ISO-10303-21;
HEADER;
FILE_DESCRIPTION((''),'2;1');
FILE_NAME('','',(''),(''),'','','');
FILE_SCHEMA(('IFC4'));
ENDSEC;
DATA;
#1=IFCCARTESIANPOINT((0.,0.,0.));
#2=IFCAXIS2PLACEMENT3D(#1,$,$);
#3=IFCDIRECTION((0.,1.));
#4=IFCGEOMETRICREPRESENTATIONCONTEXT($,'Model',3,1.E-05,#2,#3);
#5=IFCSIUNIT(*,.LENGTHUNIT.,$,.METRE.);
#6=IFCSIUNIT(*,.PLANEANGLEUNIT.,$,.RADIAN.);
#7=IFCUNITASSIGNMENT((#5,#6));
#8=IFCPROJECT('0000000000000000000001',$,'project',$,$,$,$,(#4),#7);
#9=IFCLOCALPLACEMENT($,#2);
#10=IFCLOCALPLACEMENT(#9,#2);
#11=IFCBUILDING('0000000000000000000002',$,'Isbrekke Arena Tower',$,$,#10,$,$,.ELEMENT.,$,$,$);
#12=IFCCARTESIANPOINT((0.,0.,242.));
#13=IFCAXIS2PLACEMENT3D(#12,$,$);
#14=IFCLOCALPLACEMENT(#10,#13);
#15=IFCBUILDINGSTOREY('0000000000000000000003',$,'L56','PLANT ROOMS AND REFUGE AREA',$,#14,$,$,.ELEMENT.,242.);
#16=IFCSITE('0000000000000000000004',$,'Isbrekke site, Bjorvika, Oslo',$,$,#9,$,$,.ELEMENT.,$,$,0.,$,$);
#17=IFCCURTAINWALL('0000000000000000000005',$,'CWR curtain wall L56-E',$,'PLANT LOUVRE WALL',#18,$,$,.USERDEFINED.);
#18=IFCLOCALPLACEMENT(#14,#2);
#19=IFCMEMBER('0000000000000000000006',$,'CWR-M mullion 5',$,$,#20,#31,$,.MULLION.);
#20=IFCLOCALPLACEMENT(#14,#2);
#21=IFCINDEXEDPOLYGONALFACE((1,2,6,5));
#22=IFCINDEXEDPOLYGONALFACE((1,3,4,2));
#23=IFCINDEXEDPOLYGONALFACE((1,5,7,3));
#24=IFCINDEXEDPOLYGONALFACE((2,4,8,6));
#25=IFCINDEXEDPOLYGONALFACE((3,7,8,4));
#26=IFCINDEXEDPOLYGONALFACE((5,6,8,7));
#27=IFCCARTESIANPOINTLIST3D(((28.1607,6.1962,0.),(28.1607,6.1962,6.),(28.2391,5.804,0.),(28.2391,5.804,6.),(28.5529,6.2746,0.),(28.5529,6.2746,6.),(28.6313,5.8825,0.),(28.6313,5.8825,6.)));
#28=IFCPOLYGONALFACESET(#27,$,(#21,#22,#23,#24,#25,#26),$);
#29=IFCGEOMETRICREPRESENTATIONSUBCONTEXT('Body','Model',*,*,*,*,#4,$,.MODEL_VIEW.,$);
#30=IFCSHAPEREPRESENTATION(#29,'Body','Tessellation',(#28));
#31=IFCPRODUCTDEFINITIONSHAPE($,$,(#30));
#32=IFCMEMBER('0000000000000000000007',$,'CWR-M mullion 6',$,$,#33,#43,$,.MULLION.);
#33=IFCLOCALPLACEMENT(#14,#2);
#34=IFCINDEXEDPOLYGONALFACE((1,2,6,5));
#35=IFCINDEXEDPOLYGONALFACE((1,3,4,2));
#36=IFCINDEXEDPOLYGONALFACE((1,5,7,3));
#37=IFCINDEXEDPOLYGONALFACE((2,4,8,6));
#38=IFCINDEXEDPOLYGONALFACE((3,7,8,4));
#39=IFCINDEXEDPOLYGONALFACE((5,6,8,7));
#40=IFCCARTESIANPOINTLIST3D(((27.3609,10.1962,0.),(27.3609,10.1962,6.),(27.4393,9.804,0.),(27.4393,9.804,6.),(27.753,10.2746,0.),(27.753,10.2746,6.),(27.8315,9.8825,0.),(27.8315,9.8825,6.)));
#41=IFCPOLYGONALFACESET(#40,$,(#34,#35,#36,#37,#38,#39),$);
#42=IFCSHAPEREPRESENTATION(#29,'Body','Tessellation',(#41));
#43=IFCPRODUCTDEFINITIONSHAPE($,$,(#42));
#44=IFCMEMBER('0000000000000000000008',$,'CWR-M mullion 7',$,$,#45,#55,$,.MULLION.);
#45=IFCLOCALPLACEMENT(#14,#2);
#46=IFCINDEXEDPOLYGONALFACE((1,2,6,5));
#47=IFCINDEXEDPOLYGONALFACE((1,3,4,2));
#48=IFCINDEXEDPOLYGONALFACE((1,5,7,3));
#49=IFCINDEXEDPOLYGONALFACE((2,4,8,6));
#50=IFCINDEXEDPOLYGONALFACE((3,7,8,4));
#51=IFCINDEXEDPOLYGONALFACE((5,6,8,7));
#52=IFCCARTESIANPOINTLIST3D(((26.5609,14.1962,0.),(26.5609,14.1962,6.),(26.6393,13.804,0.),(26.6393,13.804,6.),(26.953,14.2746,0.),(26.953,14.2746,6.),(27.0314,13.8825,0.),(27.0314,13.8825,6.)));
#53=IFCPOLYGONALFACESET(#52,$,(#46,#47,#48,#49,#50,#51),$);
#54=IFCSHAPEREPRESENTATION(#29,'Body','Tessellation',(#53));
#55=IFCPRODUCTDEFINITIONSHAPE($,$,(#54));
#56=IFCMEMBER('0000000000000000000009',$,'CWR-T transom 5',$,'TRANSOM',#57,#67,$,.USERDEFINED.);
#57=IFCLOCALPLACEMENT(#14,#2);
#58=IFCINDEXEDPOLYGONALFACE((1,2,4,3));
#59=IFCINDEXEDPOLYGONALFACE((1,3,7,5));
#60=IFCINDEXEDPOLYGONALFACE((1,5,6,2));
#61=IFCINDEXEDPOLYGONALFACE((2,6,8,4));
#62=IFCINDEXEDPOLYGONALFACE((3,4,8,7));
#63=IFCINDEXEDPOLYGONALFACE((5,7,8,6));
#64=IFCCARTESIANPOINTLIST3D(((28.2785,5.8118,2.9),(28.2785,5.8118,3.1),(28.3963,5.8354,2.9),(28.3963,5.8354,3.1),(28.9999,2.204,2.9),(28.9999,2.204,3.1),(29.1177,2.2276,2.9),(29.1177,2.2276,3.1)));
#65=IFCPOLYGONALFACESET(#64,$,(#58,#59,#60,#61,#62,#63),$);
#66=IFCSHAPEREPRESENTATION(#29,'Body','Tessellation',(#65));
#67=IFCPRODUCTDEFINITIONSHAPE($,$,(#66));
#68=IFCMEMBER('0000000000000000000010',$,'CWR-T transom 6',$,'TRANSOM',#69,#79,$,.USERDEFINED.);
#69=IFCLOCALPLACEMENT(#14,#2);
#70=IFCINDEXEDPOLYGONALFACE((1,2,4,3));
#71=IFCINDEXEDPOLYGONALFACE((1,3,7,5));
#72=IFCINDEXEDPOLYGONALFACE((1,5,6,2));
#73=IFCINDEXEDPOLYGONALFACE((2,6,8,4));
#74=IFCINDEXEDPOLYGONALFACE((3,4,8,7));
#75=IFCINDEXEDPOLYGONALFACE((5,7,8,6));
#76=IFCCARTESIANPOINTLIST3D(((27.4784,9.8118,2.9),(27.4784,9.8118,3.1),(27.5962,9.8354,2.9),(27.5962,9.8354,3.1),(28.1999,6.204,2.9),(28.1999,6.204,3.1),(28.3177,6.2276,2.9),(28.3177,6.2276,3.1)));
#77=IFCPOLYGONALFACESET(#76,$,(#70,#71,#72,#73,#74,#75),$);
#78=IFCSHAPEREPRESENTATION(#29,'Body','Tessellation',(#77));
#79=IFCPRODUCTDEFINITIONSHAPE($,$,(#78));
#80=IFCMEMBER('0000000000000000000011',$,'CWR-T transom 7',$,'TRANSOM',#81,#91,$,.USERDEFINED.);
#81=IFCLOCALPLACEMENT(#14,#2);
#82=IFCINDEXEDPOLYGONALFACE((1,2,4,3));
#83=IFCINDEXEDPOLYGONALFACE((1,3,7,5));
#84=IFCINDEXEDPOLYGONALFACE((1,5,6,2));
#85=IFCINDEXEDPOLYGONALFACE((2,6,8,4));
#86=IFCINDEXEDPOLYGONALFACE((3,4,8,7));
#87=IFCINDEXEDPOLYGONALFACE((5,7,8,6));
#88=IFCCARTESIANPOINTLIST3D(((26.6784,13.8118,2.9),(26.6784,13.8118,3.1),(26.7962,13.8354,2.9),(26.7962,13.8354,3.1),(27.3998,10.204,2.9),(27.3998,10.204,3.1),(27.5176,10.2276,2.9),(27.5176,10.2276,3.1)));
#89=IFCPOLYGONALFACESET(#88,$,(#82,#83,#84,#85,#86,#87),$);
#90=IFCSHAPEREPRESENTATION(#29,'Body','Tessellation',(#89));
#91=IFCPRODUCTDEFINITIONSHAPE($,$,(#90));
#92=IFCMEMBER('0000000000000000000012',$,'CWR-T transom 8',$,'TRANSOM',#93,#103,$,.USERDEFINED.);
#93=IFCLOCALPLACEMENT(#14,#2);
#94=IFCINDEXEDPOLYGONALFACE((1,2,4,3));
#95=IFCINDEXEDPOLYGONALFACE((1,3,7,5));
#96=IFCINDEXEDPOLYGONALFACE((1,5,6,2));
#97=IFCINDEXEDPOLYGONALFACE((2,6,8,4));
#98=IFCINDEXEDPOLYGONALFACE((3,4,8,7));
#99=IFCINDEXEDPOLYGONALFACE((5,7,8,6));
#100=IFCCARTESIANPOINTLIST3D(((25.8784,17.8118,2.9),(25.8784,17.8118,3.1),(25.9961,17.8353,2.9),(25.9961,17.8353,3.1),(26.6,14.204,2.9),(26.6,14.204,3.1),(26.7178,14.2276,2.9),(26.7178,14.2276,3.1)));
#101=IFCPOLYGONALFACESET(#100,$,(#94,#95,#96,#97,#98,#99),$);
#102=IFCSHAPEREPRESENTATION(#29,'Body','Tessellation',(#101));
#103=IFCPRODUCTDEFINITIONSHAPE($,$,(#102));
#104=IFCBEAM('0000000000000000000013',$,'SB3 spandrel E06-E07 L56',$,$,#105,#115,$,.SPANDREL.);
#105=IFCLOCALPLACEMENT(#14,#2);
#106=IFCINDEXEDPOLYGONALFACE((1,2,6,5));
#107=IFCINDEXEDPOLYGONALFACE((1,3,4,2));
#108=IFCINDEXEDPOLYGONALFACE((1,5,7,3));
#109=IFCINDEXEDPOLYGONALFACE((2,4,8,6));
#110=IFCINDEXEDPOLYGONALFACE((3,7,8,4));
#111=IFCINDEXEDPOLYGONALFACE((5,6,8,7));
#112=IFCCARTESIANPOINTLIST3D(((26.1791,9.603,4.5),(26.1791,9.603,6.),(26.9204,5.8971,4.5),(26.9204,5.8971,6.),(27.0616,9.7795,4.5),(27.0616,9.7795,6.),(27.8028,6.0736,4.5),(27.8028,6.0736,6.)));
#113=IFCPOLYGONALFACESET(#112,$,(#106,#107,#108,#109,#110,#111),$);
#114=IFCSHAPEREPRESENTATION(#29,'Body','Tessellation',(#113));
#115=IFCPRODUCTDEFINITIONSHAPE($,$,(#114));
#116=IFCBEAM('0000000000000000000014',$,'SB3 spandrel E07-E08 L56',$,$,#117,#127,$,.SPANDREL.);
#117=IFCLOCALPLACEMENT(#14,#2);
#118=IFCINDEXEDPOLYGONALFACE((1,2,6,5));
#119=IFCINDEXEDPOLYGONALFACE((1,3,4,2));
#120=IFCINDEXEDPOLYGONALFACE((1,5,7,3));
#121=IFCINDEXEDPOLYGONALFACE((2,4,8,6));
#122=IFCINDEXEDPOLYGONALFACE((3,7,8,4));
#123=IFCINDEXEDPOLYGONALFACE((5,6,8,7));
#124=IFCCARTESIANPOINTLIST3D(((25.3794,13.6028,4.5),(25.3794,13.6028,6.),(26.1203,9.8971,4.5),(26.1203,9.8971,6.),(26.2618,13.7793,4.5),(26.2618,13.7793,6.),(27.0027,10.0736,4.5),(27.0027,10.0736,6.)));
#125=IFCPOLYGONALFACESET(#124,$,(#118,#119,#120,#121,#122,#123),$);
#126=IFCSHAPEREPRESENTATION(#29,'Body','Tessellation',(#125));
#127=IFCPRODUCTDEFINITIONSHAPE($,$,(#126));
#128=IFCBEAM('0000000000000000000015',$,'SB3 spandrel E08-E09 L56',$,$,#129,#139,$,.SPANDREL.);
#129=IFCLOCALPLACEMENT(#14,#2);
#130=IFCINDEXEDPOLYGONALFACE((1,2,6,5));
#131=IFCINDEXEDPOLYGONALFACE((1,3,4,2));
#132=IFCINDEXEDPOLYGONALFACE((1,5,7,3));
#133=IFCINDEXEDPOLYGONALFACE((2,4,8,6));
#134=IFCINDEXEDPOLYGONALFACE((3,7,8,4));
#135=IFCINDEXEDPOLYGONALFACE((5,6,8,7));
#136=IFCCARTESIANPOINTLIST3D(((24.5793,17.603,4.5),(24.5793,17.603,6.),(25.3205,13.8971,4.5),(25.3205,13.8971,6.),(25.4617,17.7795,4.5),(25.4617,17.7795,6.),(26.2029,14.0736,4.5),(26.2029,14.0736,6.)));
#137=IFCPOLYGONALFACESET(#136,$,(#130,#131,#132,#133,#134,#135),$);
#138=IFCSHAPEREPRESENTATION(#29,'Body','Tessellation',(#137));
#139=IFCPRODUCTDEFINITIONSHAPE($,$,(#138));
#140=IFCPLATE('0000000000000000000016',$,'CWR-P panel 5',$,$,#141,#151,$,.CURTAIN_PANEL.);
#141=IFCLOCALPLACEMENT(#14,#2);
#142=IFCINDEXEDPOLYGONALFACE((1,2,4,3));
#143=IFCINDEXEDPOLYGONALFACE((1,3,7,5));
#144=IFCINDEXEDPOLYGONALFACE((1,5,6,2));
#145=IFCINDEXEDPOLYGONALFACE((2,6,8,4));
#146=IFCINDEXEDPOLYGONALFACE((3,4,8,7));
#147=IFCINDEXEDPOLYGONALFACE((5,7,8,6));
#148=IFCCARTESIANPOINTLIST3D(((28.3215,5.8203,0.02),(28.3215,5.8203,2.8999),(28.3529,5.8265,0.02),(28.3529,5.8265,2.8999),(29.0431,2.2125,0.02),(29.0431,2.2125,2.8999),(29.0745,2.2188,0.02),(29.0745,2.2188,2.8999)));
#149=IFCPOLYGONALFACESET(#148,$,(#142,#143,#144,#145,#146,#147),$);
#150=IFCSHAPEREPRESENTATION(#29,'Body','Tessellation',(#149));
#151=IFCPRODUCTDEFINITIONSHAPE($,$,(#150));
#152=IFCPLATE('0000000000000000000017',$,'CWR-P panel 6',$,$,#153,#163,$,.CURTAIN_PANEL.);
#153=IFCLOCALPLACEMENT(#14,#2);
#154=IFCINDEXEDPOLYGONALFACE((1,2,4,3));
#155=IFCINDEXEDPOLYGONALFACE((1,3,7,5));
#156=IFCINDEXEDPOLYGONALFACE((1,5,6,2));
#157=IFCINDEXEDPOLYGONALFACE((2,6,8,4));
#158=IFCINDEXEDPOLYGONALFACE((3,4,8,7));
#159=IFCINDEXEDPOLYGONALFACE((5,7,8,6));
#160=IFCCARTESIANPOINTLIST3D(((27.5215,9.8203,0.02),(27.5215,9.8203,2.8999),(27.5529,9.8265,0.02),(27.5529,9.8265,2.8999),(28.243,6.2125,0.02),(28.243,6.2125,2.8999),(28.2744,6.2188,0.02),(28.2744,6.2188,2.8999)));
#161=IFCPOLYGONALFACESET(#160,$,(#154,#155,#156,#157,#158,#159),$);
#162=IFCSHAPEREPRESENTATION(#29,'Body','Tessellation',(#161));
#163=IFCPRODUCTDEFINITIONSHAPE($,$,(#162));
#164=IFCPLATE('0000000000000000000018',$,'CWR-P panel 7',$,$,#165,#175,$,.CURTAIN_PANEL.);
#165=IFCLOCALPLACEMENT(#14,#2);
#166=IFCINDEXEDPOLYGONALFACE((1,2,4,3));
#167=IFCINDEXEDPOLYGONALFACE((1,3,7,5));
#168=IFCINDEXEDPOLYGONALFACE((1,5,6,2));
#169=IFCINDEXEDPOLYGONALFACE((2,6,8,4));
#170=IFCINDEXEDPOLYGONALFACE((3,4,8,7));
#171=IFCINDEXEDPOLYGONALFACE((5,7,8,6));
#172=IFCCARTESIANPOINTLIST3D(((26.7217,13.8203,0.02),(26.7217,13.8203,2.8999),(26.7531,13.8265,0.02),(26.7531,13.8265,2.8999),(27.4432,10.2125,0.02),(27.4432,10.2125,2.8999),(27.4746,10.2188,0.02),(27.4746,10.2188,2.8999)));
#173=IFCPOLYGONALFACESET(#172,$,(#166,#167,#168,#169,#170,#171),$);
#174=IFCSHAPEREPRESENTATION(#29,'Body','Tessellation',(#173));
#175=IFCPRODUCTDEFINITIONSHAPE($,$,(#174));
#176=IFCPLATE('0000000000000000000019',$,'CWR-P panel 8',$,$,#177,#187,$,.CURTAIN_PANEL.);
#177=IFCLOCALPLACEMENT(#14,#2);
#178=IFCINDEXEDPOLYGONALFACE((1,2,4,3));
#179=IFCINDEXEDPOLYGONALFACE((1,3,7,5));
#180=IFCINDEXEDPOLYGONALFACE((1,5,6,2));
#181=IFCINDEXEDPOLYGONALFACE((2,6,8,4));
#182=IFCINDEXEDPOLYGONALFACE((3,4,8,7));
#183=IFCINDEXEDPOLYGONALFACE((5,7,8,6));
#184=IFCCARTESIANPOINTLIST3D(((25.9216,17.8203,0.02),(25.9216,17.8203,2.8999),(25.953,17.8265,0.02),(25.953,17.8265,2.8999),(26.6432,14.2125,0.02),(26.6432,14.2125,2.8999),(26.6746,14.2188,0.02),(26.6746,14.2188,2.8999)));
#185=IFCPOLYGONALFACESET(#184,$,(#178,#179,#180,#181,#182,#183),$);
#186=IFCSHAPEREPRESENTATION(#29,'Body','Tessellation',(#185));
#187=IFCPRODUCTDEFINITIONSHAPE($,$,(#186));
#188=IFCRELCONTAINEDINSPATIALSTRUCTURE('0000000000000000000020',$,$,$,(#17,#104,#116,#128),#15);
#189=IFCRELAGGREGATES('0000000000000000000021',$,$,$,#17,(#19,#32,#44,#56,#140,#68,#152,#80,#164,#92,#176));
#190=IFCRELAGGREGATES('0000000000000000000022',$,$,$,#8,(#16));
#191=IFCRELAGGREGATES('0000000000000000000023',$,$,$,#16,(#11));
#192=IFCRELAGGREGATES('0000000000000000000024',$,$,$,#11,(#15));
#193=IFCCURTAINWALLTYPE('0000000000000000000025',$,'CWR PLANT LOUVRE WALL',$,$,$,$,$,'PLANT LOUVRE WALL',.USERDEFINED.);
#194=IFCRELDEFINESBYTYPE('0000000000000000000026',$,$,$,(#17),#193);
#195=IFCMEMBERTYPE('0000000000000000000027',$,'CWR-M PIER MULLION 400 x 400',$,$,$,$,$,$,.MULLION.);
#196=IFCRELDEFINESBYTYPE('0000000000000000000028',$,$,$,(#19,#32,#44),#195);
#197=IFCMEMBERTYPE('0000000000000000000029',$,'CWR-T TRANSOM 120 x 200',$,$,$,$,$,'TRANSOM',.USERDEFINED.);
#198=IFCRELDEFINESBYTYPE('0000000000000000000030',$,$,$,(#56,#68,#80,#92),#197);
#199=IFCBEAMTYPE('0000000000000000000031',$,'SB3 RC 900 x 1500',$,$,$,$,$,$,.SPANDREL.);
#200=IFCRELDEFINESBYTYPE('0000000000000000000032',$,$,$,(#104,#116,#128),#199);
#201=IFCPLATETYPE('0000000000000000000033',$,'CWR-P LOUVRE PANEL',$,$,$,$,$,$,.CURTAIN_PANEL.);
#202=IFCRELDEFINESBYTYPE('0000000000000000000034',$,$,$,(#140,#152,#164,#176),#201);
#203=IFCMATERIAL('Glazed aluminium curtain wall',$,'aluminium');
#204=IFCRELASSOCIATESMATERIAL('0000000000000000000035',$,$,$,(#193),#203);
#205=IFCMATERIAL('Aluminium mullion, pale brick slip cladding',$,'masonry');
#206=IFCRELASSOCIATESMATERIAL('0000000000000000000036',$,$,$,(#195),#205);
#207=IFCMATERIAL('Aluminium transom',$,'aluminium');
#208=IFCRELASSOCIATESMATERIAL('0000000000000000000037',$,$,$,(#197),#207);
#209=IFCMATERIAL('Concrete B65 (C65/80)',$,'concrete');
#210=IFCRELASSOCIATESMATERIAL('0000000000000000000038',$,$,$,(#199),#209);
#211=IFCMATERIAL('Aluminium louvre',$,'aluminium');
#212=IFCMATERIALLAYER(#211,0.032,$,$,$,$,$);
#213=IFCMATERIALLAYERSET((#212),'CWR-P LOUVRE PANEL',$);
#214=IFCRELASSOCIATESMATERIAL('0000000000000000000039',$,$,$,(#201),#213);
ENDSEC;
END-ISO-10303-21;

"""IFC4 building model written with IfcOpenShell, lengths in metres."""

from ifc_helpers import new_model, si_unit, direction, frame, origin, origin_2d, place, context, subcontext, project, spatial, rectangle, extrude, material, layer, layer_set, material_profile, profile_set, type_object, element, aggregate, save


model = new_model("IFC4")

# Units and contexts
model_context = context("Model", 3, precision=1e-05, world=origin(), true_north=direction((0.0, 1.0)))
body_context = subcontext(model_context, "Body", "Model", "MODEL_VIEW")
ifc_project = project(units=[si_unit("LENGTHUNIT", "METRE"), si_unit("PLANEANGLEUNIT", "RADIAN")], contexts=[model_context])

# Site, building, storey
site_placement = place(None, origin())
site = spatial("IfcSite", under=ifc_project, at=site_placement, Name="Isbrekke site, Bjorvika, Oslo", CompositionType="ELEMENT", RefElevation=0.0)
building_placement = place(site_placement, origin())
building = spatial("IfcBuilding", under=site, at=building_placement, Name="Isbrekke Arena Tower", CompositionType="ELEMENT")
storey_placement = place(building_placement, frame((0.0, 0.0, 242.0)))
storey = spatial("IfcBuildingStorey", under=building, at=storey_placement, Name="L56", Description="PLANT ROOMS AND REFUGE AREA", CompositionType="ELEMENT", Elevation=242.0)

# Curtain wall, members
ifc_material_1 = material(Name="Glazed aluminium curtain wall", Category="aluminium")
curtain_wall_type = type_object("IfcCurtainWallType", Name="CWR PLANT LOUVRE WALL", ElementType="PLANT LOUVRE WALL", PredefinedType="USERDEFINED", material=ifc_material_1)
curtain_wall_placement = place(storey_placement, origin())
curtain_wall = element("IfcCurtainWall", 1, at=curtain_wall_placement, inside=storey, type_object=curtain_wall_type, Name="CWR curtain wall L56-E", ObjectType="PLANT LOUVRE WALL", PredefinedType="USERDEFINED")
ifc_material_2 = material(Name="Aluminium mullion, pale brick slip cladding", Category="masonry")
ifc_material_profile_1 = material_profile(ifc_material_2, rectangle(XDim=0.3999, YDim=0.3999, at=origin_2d()), Name="PIER 400X400")
ifc_profile_set_1 = profile_set([ifc_material_profile_1], Name="Aluminium mullion, pale brick slip cladding")
member_type_1 = type_object("IfcMemberType", Name="CWR-M PIER MULLION 400 x 400", PredefinedType="MULLION", material=ifc_profile_set_1)
member_1_placement = place(storey_placement, frame((28.396, 6.0393, 0.0), z_axis=(0.0, 0.0, 1.0), x_axis=(-0.196116, 0.980581, 0.0)))
member_1 = element("IfcMember", 2, at=member_1_placement, type_object=member_type_1, Name="CWR-M mullion 5", PredefinedType="MULLION", context=body_context, shape_type="SweptSolid", body=[
    extrude(rectangle(XDim=0.3999, YDim=0.3999, at=origin_2d()), origin(), (0.0, 0.0, 1.0), 6.0),
])
member_2_placement = place(storey_placement, frame((27.5962, 10.0393, 0.0), z_axis=(0.0, 0.0, 1.0), x_axis=(-0.196116, 0.980581, 0.0)))
member_2 = element("IfcMember", 3, at=member_2_placement, type_object=member_type_1, Name="CWR-M mullion 6", PredefinedType="MULLION", context=body_context, shape_type="SweptSolid", body=[
    extrude(rectangle(XDim=0.3999, YDim=0.3999, at=origin_2d()), origin(), (0.0, 0.0, 1.0), 6.0),
])
member_3_placement = place(storey_placement, frame((26.7961, 14.0393, 0.0), z_axis=(0.0, 0.0, 1.0), x_axis=(-0.196116, 0.980581, 0.0)))
member_3 = element("IfcMember", 4, at=member_3_placement, type_object=member_type_1, Name="CWR-M mullion 7", PredefinedType="MULLION", context=body_context, shape_type="SweptSolid", body=[
    extrude(rectangle(XDim=0.3999, YDim=0.3999, at=origin_2d()), origin(), (0.0, 0.0, 1.0), 6.0),
])
ifc_material_3 = material(Name="Aluminium transom", Category="aluminium")
ifc_material_profile_2 = material_profile(ifc_material_3, rectangle(XDim=0.1201, YDim=0.2, at=origin_2d()), Name="TRANSOM 120X200")
ifc_profile_set_2 = profile_set([ifc_material_profile_2], Name="Aluminium transom")
member_type_2 = type_object("IfcMemberType", Name="CWR-T TRANSOM 120 x 200", ElementType="TRANSOM", PredefinedType="USERDEFINED", material=ifc_profile_set_2)
member_4_placement = place(storey_placement, frame((29.0588, 2.2158, 3.0), z_axis=(-0.196091, 0.980586, 0.0), x_axis=(-0.980586, -0.196091, 0.0)))
member_4 = element("IfcMember", 5, at=member_4_placement, type_object=member_type_2, Name="CWR-T transom 5", ObjectType="TRANSOM", PredefinedType="USERDEFINED", context=body_context, shape_type="SweptSolid", body=[
    extrude(rectangle(XDim=0.1201, YDim=0.2, at=origin_2d()), origin(), (0.0, 0.0, 1.0), 3.6792),
])
member_5_placement = place(storey_placement, frame((28.2588, 6.2158, 3.0), z_axis=(-0.196091, 0.980586, 0.0), x_axis=(-0.980586, -0.196091, 0.0)))
member_5 = element("IfcMember", 6, at=member_5_placement, type_object=member_type_2, Name="CWR-T transom 6", ObjectType="TRANSOM", PredefinedType="USERDEFINED", context=body_context, shape_type="SweptSolid", body=[
    extrude(rectangle(XDim=0.1201, YDim=0.2, at=origin_2d()), origin(), (0.0, 0.0, 1.0), 3.6792),
])
member_6_placement = place(storey_placement, frame((27.4587, 10.2158, 3.0), z_axis=(-0.196091, 0.980586, 0.0), x_axis=(-0.980586, -0.196091, 0.0)))
member_6 = element("IfcMember", 7, at=member_6_placement, type_object=member_type_2, Name="CWR-T transom 7", ObjectType="TRANSOM", PredefinedType="USERDEFINED", context=body_context, shape_type="SweptSolid", body=[
    extrude(rectangle(XDim=0.1201, YDim=0.2, at=origin_2d()), origin(), (0.0, 0.0, 1.0), 3.6792),
])
member_7_placement = place(storey_placement, frame((26.6589, 14.2158, 3.0), z_axis=(-0.196154, 0.980573, 0.0), x_axis=(-0.980573, -0.196154, 0.0)))
member_7 = element("IfcMember", 8, at=member_7_placement, type_object=member_type_2, Name="CWR-T transom 8", ObjectType="TRANSOM", PredefinedType="USERDEFINED", context=body_context, shape_type="SweptSolid", body=[
    extrude(rectangle(XDim=0.1201, YDim=0.2, at=origin_2d()), origin(), (0.0, 0.0, 1.0), 3.6792),
])

# Beams
ifc_material_4 = material(Name="Concrete B65 (C65/80)", Category="concrete")
ifc_material_profile_3 = material_profile(ifc_material_4, rectangle(XDim=0.8999, YDim=1.5, at=origin_2d()), Name="RC 900x1500")
ifc_profile_set_3 = profile_set([ifc_material_profile_3], Name="Concrete B65 (C65/80)")
beam_type_1 = type_object("IfcBeamType", Name="SB3 RC 900 x 1500", PredefinedType="SPANDREL", material=ifc_profile_set_3)
beam_1_placement = place(storey_placement, frame((27.3616, 5.9854, 5.25), z_axis=(-0.196129, 0.980578, 0.0), x_axis=(-0.980578, -0.196129, 0.0)))
element("IfcBeam", 9, at=beam_1_placement, inside=storey, type_object=beam_type_1, Name="SB3 spandrel E06-E07 L56", PredefinedType="SPANDREL", context=body_context, shape_type="SweptSolid", body=[
    extrude(rectangle(XDim=0.8999, YDim=1.5, at=origin_2d()), origin(), (0.0, 0.0, 1.0), 3.7793),
])
beam_2_placement = place(storey_placement, frame((26.5615, 9.9854, 5.25), z_axis=(-0.196066, 0.980591, 0.0), x_axis=(-0.980591, -0.196066, 0.0)))
element("IfcBeam", 10, at=beam_2_placement, inside=storey, type_object=beam_type_1, Name="SB3 spandrel E07-E08 L56", PredefinedType="SPANDREL", context=body_context, shape_type="SweptSolid", body=[
    extrude(rectangle(XDim=0.8999, YDim=1.5, at=origin_2d()), origin(), (0.0, 0.0, 1.0), 3.7791),
])
beam_3_placement = place(storey_placement, frame((25.7617, 13.9854, 5.25), z_axis=(-0.196129, 0.980578, 0.0), x_axis=(-0.980578, -0.196129, 0.0)))
element("IfcBeam", 11, at=beam_3_placement, inside=storey, type_object=beam_type_1, Name="SB3 spandrel E08-E09 L56", PredefinedType="SPANDREL", context=body_context, shape_type="SweptSolid", body=[
    extrude(rectangle(XDim=0.8999, YDim=1.5, at=origin_2d()), origin(), (0.0, 0.0, 1.0), 3.7793),
])

# Plates
ifc_material_5 = material(Name="Aluminium louvre", Category="aluminium")
ifc_layer_1 = layer(ifc_material_5, 0.032)
ifc_layer_set_1 = layer_set([ifc_layer_1], Name="CWR-P LOUVRE PANEL")
plate_type = type_object("IfcPlateType", Name="CWR-P LOUVRE PANEL", PredefinedType="CURTAIN_PANEL", material=ifc_layer_set_1)
plate_1_placement = place(storey_placement, frame((28.698, 4.0195, 0.02), z_axis=(0.0, 0.0, 1.0), x_axis=(-0.196116, 0.980581, 0.0)))
plate_1 = element("IfcPlate", 12, at=plate_1_placement, type_object=plate_type, Name="CWR-P panel 5", PredefinedType="CURTAIN_PANEL", context=body_context, shape_type="SweptSolid", body=[
    extrude(rectangle(XDim=3.6792, YDim=0.032, at=origin_2d()), origin(), (0.0, 0.0, 1.0), 2.8799),
])
plate_2_placement = place(storey_placement, frame((27.8979, 8.0195, 0.02), z_axis=(0.0, 0.0, 1.0), x_axis=(-0.196116, 0.980581, 0.0)))
plate_2 = element("IfcPlate", 13, at=plate_2_placement, type_object=plate_type, Name="CWR-P panel 6", PredefinedType="CURTAIN_PANEL", context=body_context, shape_type="SweptSolid", body=[
    extrude(rectangle(XDim=3.6792, YDim=0.032, at=origin_2d()), origin(), (0.0, 0.0, 1.0), 2.8799),
])
plate_3_placement = place(storey_placement, frame((27.0981, 12.0195, 0.02), z_axis=(0.0, 0.0, 1.0), x_axis=(-0.196116, 0.980581, 0.0)))
plate_3 = element("IfcPlate", 14, at=plate_3_placement, type_object=plate_type, Name="CWR-P panel 7", PredefinedType="CURTAIN_PANEL", context=body_context, shape_type="SweptSolid", body=[
    extrude(rectangle(XDim=3.6792, YDim=0.032, at=origin_2d()), origin(), (0.0, 0.0, 1.0), 2.8799),
])
plate_4_placement = place(storey_placement, frame((26.2981, 16.0195, 0.02), z_axis=(0.0, 0.0, 1.0), x_axis=(-0.196116, 0.980581, 0.0)))
plate_4 = element("IfcPlate", 15, at=plate_4_placement, type_object=plate_type, Name="CWR-P panel 8", PredefinedType="CURTAIN_PANEL", context=body_context, shape_type="SweptSolid", body=[
    extrude(rectangle(XDim=3.6792, YDim=0.032, at=origin_2d()), origin(), (0.0, 0.0, 1.0), 2.8799),
])
aggregate(curtain_wall, [member_1, member_2, member_3, member_4, plate_1, member_5, plate_2, member_6, plate_3, member_7, plate_4])

save(model, "model.ifc")
